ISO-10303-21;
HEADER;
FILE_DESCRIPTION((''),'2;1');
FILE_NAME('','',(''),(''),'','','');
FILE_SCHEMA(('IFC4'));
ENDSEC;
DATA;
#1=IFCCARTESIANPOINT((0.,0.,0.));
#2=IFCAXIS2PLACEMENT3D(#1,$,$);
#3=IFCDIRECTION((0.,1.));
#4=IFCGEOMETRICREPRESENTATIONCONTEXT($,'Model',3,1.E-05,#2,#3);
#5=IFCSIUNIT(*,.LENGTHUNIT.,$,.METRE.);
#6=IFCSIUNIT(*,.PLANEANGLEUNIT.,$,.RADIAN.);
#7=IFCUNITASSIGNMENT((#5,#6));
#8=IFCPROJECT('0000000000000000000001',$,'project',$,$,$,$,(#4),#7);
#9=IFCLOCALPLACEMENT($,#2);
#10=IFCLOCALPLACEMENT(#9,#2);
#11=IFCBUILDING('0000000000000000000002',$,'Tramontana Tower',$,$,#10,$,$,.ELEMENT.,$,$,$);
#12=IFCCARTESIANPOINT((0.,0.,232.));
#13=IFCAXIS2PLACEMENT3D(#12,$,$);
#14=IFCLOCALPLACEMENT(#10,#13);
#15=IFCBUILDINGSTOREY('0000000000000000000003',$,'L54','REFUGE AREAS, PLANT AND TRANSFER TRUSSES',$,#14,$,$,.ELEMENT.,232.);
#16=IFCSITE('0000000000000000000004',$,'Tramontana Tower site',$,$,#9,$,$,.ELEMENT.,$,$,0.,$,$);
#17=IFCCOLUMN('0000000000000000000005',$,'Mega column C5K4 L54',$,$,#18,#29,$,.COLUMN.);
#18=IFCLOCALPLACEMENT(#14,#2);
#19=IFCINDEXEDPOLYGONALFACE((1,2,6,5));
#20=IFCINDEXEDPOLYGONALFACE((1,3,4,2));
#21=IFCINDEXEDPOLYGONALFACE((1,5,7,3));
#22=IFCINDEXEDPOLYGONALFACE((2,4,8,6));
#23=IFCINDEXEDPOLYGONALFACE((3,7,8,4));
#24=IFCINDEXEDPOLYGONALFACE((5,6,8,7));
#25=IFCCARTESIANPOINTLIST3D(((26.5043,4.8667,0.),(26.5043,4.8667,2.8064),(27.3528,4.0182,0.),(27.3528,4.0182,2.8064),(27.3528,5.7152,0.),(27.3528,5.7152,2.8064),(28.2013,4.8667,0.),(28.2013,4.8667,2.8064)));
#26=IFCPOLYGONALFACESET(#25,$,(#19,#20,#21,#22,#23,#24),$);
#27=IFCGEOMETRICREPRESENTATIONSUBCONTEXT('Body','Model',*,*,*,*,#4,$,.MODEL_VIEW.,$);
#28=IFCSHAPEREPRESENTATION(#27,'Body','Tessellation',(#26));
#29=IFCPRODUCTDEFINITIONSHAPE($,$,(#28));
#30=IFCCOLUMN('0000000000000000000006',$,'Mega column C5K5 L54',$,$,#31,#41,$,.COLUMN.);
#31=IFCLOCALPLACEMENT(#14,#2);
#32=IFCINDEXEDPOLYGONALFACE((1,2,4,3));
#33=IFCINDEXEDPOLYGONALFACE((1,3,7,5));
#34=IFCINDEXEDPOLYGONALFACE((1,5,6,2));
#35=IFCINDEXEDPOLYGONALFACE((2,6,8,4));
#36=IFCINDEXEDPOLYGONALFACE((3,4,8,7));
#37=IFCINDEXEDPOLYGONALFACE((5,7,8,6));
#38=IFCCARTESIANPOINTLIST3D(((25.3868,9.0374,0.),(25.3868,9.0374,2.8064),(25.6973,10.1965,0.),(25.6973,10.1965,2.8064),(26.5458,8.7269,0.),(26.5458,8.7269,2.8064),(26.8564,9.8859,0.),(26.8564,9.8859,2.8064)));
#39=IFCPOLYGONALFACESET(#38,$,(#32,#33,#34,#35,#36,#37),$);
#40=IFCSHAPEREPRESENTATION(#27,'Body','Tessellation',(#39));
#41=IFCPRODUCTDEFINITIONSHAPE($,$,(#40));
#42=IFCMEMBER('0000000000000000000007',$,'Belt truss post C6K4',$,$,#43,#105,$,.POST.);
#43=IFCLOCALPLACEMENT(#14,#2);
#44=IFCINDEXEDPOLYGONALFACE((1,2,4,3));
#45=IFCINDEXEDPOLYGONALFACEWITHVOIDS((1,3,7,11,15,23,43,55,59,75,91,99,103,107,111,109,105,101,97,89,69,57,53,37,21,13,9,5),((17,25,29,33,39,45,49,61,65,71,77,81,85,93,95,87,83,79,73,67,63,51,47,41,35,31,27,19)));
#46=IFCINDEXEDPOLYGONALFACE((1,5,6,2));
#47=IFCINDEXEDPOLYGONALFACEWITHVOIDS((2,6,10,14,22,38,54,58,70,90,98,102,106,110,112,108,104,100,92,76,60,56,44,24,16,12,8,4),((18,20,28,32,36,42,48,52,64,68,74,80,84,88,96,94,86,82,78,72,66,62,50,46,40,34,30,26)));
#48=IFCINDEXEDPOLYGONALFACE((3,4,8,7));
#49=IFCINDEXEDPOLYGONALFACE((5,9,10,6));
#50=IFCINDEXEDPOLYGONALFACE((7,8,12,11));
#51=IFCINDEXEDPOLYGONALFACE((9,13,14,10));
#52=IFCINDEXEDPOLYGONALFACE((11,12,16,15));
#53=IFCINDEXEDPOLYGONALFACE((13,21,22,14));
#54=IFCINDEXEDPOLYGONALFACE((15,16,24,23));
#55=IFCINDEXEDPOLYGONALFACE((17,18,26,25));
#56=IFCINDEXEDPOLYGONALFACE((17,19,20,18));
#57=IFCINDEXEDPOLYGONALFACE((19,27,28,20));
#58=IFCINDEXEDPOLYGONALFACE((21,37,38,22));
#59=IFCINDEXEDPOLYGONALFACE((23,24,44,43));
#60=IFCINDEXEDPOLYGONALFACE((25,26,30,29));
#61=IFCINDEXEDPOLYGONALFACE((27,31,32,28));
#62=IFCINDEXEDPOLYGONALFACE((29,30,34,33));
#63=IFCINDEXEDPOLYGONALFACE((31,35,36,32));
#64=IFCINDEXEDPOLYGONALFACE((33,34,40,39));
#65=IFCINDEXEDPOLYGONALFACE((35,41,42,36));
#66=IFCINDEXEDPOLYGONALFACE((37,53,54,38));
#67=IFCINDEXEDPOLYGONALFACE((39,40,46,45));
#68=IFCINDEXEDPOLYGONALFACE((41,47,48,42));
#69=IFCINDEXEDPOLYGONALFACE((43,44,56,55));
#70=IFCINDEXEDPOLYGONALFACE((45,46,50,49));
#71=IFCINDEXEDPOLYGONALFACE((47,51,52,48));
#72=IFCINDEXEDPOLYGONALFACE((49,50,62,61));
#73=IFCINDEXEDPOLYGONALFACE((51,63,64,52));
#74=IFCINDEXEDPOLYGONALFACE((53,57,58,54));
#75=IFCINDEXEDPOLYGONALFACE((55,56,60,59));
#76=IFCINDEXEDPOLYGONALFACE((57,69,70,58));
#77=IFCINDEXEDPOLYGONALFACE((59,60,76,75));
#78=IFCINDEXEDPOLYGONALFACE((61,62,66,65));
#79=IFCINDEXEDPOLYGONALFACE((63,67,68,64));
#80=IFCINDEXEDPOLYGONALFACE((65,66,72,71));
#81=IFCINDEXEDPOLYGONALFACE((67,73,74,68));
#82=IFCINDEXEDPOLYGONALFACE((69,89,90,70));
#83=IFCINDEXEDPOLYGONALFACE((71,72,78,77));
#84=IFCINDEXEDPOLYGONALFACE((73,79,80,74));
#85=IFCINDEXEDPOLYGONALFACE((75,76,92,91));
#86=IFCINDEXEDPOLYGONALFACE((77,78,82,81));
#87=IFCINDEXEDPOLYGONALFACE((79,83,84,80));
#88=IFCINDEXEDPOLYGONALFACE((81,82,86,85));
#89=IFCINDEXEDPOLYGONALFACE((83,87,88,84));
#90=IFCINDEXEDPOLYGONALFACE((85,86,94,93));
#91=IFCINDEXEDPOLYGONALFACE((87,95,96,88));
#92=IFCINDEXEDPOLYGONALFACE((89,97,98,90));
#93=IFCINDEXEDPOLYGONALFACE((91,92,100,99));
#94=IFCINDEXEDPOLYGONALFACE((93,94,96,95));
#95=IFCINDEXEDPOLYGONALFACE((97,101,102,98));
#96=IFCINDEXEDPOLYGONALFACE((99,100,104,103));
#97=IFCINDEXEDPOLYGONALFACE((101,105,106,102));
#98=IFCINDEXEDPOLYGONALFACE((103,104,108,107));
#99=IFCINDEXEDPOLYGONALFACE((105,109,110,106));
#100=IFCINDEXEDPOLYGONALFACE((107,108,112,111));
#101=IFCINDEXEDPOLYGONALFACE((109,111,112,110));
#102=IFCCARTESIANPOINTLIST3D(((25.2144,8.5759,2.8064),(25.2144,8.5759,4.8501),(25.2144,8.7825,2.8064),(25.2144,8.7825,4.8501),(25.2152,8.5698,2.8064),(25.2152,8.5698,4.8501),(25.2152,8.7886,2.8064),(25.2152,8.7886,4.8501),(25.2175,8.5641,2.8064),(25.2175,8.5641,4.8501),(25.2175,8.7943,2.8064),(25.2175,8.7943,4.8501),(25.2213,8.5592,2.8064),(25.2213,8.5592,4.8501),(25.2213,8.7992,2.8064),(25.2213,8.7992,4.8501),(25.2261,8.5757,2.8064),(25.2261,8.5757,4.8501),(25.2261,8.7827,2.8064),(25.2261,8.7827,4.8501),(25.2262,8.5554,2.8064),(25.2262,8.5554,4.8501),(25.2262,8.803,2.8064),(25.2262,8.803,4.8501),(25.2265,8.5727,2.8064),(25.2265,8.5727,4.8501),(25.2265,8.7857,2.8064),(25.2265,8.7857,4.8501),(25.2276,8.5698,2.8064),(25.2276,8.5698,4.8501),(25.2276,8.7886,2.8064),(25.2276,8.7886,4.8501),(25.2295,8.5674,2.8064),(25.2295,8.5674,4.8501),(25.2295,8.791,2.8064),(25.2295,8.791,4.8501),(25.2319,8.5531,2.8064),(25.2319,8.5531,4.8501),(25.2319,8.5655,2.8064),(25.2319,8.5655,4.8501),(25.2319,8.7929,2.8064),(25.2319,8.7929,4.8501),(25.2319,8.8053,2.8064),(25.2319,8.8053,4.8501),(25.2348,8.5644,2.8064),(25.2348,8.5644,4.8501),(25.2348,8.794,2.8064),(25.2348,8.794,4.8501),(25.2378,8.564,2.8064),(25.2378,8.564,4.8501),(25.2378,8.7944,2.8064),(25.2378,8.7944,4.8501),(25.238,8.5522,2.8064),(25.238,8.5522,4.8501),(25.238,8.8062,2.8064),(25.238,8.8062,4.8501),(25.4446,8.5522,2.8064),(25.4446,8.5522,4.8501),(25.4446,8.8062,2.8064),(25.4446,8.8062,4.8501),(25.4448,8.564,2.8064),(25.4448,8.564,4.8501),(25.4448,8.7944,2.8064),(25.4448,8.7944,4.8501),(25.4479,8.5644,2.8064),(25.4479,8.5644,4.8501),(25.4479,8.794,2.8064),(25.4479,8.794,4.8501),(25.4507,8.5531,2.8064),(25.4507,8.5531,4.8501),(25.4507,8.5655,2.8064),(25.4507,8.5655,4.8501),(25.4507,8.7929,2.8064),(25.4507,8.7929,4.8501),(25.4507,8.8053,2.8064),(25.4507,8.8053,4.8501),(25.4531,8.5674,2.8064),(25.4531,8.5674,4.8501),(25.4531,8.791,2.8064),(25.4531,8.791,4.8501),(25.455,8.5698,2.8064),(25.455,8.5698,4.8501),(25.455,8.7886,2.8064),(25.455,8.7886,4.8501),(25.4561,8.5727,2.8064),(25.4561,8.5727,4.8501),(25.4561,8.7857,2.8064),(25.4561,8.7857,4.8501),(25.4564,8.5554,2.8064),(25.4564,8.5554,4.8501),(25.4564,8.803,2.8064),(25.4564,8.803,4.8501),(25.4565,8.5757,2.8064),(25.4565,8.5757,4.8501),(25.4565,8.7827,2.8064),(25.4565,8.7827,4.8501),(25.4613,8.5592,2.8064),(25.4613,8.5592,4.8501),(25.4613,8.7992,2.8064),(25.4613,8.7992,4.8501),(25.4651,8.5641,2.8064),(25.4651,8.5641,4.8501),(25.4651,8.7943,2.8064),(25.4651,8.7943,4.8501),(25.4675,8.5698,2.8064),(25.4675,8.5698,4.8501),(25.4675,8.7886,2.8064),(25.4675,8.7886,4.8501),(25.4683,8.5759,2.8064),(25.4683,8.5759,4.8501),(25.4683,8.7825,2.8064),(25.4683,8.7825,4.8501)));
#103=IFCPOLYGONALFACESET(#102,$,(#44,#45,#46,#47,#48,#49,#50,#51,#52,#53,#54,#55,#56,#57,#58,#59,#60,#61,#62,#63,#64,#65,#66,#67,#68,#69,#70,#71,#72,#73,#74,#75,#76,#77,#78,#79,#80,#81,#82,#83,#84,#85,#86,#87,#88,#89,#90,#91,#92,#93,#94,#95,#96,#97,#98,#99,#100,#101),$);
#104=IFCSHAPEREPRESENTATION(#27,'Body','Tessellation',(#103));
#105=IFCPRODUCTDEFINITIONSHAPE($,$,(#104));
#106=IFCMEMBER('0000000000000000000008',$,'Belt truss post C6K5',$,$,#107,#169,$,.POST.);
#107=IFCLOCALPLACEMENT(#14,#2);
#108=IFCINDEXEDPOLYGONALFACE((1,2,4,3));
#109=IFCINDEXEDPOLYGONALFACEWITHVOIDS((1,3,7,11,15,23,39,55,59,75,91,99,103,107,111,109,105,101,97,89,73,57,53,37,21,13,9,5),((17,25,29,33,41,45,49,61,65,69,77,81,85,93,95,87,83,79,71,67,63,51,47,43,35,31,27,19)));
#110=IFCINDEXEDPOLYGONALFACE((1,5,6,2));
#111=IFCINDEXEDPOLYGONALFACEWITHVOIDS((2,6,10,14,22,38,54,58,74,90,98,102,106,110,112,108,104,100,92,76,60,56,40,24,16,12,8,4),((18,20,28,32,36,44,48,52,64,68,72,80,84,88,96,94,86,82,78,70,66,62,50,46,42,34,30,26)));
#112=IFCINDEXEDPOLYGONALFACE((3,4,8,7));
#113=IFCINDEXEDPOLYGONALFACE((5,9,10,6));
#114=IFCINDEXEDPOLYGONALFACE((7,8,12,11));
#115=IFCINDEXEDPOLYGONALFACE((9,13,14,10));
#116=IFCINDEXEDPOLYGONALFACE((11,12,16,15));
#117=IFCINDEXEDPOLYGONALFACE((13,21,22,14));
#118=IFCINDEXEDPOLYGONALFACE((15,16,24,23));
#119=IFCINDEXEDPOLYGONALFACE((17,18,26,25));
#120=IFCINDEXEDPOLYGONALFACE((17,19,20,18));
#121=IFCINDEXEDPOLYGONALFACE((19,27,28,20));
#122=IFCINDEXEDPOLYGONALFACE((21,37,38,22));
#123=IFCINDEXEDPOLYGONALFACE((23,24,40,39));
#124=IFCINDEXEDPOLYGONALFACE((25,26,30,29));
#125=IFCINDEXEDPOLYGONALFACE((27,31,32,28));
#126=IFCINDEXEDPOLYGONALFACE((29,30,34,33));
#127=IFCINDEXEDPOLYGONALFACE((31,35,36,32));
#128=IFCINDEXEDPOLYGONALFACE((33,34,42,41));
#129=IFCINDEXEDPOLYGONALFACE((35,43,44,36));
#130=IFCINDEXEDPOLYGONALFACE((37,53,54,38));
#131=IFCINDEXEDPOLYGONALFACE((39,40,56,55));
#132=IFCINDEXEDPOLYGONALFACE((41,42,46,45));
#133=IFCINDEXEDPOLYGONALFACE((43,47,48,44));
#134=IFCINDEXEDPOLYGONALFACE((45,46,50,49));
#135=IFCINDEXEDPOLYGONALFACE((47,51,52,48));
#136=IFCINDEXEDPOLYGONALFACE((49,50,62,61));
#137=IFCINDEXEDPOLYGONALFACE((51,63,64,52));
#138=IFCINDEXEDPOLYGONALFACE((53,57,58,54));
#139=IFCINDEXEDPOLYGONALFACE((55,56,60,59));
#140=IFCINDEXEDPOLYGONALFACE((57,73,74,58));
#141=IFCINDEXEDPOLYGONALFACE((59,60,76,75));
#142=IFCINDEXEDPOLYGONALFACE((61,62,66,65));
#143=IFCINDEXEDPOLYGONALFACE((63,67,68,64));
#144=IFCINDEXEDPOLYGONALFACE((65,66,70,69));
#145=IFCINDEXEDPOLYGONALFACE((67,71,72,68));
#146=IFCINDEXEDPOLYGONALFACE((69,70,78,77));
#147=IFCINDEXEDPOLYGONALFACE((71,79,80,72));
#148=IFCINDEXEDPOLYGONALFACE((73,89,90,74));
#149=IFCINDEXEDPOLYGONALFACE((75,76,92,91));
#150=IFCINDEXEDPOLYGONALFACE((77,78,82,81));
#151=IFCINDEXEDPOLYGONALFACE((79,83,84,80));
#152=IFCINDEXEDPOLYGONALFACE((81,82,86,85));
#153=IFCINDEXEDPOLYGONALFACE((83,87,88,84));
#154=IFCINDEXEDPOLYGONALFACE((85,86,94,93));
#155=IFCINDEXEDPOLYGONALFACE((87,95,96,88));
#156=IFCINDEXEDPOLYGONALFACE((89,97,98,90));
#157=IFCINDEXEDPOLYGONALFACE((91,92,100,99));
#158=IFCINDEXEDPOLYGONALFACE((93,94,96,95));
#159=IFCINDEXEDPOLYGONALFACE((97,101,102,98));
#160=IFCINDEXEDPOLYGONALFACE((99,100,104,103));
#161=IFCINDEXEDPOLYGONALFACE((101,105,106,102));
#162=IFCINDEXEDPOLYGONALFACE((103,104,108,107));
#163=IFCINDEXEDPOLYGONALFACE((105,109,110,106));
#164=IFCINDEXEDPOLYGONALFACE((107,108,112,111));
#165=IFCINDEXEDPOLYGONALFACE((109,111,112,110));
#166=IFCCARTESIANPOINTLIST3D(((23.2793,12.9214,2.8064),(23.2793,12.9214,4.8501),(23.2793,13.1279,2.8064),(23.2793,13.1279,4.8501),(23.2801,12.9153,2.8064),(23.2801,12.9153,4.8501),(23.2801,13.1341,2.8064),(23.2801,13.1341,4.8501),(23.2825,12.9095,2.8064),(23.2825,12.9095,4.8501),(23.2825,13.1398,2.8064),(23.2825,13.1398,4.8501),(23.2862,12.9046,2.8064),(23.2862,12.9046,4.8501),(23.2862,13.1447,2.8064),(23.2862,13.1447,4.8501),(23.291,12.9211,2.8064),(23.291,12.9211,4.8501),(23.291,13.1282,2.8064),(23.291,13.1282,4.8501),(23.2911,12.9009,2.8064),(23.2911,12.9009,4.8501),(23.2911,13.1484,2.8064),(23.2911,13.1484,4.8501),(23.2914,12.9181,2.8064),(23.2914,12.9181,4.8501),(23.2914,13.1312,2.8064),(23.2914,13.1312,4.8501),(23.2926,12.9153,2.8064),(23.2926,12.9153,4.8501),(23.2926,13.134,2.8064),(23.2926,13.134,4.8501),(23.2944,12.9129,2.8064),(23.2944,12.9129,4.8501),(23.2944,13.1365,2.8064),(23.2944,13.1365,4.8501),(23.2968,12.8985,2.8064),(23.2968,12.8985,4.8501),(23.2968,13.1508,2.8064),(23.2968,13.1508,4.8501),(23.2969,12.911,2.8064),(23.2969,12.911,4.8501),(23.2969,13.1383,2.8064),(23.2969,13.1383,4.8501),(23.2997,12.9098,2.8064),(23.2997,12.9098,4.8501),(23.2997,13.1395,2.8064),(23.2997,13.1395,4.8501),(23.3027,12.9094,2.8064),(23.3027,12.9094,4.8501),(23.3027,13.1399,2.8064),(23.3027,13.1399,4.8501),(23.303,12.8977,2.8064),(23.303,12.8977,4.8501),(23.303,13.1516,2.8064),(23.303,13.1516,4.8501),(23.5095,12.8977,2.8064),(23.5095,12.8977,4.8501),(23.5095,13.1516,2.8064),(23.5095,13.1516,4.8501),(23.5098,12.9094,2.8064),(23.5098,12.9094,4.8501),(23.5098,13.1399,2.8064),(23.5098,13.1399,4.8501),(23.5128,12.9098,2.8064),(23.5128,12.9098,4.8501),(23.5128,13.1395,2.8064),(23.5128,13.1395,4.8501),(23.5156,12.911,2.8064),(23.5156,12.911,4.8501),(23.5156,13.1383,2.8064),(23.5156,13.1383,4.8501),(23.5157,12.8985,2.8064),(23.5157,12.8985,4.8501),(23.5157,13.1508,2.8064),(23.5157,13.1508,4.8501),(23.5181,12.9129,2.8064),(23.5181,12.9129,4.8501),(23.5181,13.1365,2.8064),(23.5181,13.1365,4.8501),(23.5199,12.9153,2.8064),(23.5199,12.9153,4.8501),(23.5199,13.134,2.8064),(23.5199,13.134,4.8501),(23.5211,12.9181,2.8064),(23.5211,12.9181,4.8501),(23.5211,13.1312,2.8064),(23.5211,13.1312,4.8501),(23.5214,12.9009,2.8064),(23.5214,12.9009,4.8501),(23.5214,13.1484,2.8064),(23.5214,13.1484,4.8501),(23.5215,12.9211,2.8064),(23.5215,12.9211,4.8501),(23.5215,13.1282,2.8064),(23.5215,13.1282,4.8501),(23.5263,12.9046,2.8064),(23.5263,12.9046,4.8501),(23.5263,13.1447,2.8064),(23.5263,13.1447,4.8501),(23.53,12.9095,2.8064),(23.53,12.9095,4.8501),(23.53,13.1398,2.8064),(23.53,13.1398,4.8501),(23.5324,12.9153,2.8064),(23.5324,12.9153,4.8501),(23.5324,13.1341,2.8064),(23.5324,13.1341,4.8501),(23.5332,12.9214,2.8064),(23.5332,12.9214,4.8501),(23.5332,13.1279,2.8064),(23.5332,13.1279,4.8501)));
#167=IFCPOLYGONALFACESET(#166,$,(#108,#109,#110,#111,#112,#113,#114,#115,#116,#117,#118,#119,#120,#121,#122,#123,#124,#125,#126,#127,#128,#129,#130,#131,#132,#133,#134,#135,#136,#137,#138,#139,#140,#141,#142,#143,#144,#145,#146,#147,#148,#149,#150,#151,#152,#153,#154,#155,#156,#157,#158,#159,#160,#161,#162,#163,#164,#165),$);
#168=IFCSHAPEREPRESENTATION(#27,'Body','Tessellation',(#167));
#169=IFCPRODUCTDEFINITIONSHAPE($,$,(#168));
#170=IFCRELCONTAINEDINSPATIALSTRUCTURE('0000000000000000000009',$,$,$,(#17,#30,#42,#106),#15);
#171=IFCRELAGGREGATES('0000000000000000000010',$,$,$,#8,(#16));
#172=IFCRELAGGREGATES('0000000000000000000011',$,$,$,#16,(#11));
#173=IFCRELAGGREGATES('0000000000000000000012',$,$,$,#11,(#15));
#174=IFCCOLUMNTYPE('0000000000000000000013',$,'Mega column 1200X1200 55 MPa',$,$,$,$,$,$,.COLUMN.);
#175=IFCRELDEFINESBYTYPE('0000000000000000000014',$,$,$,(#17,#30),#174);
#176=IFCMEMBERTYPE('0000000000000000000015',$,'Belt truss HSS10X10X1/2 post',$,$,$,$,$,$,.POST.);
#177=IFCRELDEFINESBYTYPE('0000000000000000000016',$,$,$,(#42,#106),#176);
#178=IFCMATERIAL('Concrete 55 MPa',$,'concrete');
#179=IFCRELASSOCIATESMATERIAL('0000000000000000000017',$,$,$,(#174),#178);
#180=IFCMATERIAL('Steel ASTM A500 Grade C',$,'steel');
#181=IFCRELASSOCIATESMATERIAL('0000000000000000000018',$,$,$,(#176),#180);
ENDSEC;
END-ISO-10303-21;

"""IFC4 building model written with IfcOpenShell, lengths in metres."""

from ifc_helpers import new_model, si_unit, direction, frame, origin, origin_2d, place, context, subcontext, project, spatial, rectangle, hollow_rectangle, extrude, material, material_profile, profile_set, type_object, element, save


model = new_model("IFC4")

# Units and contexts
model_context = context("Model", 3, precision=1e-05, world=origin(), true_north=direction((0.0, 1.0)))
body_context = subcontext(model_context, "Body", "Model", "MODEL_VIEW")
ifc_project = project(units=[si_unit("LENGTHUNIT", "METRE"), si_unit("PLANEANGLEUNIT", "RADIAN")], contexts=[model_context])

# Site, building, storey
site_placement = place(None, origin())
site = spatial("IfcSite", under=ifc_project, at=site_placement, Name="Tramontana Tower site", CompositionType="ELEMENT", RefElevation=0.0)
building_placement = place(site_placement, origin())
building = spatial("IfcBuilding", under=site, at=building_placement, Name="Tramontana Tower", CompositionType="ELEMENT")
storey_placement = place(building_placement, frame((0.0, 0.0, 232.0)))
storey = spatial("IfcBuildingStorey", under=building, at=storey_placement, Name="L54", Description="REFUGE AREAS, PLANT AND TRANSFER TRUSSES", CompositionType="ELEMENT", Elevation=232.0)

# Columns
ifc_material_1 = material(Name="Concrete 55 MPa", Category="concrete")
ifc_material_profile_1 = material_profile(ifc_material_1, rectangle(XDim=1.2, YDim=1.2, at=origin_2d()), Name="Mega column 1200X1200 55 MPa")
ifc_profile_set_1 = profile_set([ifc_material_profile_1], Name="Concrete 55 MPa")
column_type = type_object("IfcColumnType", Name="Mega column 1200X1200 55 MPa", PredefinedType="COLUMN", material=ifc_profile_set_1)
for number, where, z_axis, x_axis, name in (
    (1, (27.3528, 4.8667, 0.0), (0.0, 0.0, 1.0), (0.707107, 0.707107, 0.0), "Mega column C5K4 L54"),
    (2, (26.1216, 9.4617, 0.0), (0.0, 0.0, 1.0), (-0.965926, 0.258819, 0.0), "Mega column C5K5 L54"),
):
    element("IfcColumn", number, at=place(storey_placement, frame(where, z_axis=z_axis, x_axis=x_axis)), inside=storey, type_object=column_type, Name=name, PredefinedType="COLUMN", context=body_context, shape_type="SweptSolid", body=[
        extrude(rectangle(XDim=1.2, YDim=1.2, at=origin_2d()), origin(), (0.0, 0.0, 1.0), 2.8064),
    ])

# Members
ifc_material_2 = material(Name="Steel ASTM A500 Grade C", Category="steel")
ifc_material_profile_2 = material_profile(ifc_material_2, hollow_rectangle(XDim=0.2539, YDim=0.2539, WallThickness=0.0117, InnerFilletRadius=0.0117, OuterFilletRadius=0.0237, at=origin_2d()), Name="HSS10X10X1/2")
ifc_profile_set_2 = profile_set([ifc_material_profile_2], Name="Steel ASTM A500 Grade C")
member_type_1 = type_object("IfcMemberType", Name="Belt truss HSS10X10X1/2 post", PredefinedType="POST", material=ifc_profile_set_2)
for number, where, z_axis, x_axis, name in (
    (3, (25.3413, 8.6792, 2.8064), (0.0, 0.0, 1.0), (1.0, 0.0, 0.0), "Belt truss post C6K4"),
    (4, (23.4062, 13.0247, 2.8064), (0.0, 0.0, 1.0), (1.0, 0.0, 0.0), "Belt truss post C6K5"),
):
    element("IfcMember", number, at=place(storey_placement, frame(where, z_axis=z_axis, x_axis=x_axis)), inside=storey, type_object=member_type_1, Name=name, PredefinedType="POST", context=body_context, shape_type="SweptSolid", body=[
        extrude(hollow_rectangle(XDim=0.2539, YDim=0.2539, WallThickness=0.0117, InnerFilletRadius=0.0117, OuterFilletRadius=0.0237, at=origin_2d()), origin(), (0.0, 0.0, 1.0), 2.0437),
    ])

save(model, "model.ifc")
